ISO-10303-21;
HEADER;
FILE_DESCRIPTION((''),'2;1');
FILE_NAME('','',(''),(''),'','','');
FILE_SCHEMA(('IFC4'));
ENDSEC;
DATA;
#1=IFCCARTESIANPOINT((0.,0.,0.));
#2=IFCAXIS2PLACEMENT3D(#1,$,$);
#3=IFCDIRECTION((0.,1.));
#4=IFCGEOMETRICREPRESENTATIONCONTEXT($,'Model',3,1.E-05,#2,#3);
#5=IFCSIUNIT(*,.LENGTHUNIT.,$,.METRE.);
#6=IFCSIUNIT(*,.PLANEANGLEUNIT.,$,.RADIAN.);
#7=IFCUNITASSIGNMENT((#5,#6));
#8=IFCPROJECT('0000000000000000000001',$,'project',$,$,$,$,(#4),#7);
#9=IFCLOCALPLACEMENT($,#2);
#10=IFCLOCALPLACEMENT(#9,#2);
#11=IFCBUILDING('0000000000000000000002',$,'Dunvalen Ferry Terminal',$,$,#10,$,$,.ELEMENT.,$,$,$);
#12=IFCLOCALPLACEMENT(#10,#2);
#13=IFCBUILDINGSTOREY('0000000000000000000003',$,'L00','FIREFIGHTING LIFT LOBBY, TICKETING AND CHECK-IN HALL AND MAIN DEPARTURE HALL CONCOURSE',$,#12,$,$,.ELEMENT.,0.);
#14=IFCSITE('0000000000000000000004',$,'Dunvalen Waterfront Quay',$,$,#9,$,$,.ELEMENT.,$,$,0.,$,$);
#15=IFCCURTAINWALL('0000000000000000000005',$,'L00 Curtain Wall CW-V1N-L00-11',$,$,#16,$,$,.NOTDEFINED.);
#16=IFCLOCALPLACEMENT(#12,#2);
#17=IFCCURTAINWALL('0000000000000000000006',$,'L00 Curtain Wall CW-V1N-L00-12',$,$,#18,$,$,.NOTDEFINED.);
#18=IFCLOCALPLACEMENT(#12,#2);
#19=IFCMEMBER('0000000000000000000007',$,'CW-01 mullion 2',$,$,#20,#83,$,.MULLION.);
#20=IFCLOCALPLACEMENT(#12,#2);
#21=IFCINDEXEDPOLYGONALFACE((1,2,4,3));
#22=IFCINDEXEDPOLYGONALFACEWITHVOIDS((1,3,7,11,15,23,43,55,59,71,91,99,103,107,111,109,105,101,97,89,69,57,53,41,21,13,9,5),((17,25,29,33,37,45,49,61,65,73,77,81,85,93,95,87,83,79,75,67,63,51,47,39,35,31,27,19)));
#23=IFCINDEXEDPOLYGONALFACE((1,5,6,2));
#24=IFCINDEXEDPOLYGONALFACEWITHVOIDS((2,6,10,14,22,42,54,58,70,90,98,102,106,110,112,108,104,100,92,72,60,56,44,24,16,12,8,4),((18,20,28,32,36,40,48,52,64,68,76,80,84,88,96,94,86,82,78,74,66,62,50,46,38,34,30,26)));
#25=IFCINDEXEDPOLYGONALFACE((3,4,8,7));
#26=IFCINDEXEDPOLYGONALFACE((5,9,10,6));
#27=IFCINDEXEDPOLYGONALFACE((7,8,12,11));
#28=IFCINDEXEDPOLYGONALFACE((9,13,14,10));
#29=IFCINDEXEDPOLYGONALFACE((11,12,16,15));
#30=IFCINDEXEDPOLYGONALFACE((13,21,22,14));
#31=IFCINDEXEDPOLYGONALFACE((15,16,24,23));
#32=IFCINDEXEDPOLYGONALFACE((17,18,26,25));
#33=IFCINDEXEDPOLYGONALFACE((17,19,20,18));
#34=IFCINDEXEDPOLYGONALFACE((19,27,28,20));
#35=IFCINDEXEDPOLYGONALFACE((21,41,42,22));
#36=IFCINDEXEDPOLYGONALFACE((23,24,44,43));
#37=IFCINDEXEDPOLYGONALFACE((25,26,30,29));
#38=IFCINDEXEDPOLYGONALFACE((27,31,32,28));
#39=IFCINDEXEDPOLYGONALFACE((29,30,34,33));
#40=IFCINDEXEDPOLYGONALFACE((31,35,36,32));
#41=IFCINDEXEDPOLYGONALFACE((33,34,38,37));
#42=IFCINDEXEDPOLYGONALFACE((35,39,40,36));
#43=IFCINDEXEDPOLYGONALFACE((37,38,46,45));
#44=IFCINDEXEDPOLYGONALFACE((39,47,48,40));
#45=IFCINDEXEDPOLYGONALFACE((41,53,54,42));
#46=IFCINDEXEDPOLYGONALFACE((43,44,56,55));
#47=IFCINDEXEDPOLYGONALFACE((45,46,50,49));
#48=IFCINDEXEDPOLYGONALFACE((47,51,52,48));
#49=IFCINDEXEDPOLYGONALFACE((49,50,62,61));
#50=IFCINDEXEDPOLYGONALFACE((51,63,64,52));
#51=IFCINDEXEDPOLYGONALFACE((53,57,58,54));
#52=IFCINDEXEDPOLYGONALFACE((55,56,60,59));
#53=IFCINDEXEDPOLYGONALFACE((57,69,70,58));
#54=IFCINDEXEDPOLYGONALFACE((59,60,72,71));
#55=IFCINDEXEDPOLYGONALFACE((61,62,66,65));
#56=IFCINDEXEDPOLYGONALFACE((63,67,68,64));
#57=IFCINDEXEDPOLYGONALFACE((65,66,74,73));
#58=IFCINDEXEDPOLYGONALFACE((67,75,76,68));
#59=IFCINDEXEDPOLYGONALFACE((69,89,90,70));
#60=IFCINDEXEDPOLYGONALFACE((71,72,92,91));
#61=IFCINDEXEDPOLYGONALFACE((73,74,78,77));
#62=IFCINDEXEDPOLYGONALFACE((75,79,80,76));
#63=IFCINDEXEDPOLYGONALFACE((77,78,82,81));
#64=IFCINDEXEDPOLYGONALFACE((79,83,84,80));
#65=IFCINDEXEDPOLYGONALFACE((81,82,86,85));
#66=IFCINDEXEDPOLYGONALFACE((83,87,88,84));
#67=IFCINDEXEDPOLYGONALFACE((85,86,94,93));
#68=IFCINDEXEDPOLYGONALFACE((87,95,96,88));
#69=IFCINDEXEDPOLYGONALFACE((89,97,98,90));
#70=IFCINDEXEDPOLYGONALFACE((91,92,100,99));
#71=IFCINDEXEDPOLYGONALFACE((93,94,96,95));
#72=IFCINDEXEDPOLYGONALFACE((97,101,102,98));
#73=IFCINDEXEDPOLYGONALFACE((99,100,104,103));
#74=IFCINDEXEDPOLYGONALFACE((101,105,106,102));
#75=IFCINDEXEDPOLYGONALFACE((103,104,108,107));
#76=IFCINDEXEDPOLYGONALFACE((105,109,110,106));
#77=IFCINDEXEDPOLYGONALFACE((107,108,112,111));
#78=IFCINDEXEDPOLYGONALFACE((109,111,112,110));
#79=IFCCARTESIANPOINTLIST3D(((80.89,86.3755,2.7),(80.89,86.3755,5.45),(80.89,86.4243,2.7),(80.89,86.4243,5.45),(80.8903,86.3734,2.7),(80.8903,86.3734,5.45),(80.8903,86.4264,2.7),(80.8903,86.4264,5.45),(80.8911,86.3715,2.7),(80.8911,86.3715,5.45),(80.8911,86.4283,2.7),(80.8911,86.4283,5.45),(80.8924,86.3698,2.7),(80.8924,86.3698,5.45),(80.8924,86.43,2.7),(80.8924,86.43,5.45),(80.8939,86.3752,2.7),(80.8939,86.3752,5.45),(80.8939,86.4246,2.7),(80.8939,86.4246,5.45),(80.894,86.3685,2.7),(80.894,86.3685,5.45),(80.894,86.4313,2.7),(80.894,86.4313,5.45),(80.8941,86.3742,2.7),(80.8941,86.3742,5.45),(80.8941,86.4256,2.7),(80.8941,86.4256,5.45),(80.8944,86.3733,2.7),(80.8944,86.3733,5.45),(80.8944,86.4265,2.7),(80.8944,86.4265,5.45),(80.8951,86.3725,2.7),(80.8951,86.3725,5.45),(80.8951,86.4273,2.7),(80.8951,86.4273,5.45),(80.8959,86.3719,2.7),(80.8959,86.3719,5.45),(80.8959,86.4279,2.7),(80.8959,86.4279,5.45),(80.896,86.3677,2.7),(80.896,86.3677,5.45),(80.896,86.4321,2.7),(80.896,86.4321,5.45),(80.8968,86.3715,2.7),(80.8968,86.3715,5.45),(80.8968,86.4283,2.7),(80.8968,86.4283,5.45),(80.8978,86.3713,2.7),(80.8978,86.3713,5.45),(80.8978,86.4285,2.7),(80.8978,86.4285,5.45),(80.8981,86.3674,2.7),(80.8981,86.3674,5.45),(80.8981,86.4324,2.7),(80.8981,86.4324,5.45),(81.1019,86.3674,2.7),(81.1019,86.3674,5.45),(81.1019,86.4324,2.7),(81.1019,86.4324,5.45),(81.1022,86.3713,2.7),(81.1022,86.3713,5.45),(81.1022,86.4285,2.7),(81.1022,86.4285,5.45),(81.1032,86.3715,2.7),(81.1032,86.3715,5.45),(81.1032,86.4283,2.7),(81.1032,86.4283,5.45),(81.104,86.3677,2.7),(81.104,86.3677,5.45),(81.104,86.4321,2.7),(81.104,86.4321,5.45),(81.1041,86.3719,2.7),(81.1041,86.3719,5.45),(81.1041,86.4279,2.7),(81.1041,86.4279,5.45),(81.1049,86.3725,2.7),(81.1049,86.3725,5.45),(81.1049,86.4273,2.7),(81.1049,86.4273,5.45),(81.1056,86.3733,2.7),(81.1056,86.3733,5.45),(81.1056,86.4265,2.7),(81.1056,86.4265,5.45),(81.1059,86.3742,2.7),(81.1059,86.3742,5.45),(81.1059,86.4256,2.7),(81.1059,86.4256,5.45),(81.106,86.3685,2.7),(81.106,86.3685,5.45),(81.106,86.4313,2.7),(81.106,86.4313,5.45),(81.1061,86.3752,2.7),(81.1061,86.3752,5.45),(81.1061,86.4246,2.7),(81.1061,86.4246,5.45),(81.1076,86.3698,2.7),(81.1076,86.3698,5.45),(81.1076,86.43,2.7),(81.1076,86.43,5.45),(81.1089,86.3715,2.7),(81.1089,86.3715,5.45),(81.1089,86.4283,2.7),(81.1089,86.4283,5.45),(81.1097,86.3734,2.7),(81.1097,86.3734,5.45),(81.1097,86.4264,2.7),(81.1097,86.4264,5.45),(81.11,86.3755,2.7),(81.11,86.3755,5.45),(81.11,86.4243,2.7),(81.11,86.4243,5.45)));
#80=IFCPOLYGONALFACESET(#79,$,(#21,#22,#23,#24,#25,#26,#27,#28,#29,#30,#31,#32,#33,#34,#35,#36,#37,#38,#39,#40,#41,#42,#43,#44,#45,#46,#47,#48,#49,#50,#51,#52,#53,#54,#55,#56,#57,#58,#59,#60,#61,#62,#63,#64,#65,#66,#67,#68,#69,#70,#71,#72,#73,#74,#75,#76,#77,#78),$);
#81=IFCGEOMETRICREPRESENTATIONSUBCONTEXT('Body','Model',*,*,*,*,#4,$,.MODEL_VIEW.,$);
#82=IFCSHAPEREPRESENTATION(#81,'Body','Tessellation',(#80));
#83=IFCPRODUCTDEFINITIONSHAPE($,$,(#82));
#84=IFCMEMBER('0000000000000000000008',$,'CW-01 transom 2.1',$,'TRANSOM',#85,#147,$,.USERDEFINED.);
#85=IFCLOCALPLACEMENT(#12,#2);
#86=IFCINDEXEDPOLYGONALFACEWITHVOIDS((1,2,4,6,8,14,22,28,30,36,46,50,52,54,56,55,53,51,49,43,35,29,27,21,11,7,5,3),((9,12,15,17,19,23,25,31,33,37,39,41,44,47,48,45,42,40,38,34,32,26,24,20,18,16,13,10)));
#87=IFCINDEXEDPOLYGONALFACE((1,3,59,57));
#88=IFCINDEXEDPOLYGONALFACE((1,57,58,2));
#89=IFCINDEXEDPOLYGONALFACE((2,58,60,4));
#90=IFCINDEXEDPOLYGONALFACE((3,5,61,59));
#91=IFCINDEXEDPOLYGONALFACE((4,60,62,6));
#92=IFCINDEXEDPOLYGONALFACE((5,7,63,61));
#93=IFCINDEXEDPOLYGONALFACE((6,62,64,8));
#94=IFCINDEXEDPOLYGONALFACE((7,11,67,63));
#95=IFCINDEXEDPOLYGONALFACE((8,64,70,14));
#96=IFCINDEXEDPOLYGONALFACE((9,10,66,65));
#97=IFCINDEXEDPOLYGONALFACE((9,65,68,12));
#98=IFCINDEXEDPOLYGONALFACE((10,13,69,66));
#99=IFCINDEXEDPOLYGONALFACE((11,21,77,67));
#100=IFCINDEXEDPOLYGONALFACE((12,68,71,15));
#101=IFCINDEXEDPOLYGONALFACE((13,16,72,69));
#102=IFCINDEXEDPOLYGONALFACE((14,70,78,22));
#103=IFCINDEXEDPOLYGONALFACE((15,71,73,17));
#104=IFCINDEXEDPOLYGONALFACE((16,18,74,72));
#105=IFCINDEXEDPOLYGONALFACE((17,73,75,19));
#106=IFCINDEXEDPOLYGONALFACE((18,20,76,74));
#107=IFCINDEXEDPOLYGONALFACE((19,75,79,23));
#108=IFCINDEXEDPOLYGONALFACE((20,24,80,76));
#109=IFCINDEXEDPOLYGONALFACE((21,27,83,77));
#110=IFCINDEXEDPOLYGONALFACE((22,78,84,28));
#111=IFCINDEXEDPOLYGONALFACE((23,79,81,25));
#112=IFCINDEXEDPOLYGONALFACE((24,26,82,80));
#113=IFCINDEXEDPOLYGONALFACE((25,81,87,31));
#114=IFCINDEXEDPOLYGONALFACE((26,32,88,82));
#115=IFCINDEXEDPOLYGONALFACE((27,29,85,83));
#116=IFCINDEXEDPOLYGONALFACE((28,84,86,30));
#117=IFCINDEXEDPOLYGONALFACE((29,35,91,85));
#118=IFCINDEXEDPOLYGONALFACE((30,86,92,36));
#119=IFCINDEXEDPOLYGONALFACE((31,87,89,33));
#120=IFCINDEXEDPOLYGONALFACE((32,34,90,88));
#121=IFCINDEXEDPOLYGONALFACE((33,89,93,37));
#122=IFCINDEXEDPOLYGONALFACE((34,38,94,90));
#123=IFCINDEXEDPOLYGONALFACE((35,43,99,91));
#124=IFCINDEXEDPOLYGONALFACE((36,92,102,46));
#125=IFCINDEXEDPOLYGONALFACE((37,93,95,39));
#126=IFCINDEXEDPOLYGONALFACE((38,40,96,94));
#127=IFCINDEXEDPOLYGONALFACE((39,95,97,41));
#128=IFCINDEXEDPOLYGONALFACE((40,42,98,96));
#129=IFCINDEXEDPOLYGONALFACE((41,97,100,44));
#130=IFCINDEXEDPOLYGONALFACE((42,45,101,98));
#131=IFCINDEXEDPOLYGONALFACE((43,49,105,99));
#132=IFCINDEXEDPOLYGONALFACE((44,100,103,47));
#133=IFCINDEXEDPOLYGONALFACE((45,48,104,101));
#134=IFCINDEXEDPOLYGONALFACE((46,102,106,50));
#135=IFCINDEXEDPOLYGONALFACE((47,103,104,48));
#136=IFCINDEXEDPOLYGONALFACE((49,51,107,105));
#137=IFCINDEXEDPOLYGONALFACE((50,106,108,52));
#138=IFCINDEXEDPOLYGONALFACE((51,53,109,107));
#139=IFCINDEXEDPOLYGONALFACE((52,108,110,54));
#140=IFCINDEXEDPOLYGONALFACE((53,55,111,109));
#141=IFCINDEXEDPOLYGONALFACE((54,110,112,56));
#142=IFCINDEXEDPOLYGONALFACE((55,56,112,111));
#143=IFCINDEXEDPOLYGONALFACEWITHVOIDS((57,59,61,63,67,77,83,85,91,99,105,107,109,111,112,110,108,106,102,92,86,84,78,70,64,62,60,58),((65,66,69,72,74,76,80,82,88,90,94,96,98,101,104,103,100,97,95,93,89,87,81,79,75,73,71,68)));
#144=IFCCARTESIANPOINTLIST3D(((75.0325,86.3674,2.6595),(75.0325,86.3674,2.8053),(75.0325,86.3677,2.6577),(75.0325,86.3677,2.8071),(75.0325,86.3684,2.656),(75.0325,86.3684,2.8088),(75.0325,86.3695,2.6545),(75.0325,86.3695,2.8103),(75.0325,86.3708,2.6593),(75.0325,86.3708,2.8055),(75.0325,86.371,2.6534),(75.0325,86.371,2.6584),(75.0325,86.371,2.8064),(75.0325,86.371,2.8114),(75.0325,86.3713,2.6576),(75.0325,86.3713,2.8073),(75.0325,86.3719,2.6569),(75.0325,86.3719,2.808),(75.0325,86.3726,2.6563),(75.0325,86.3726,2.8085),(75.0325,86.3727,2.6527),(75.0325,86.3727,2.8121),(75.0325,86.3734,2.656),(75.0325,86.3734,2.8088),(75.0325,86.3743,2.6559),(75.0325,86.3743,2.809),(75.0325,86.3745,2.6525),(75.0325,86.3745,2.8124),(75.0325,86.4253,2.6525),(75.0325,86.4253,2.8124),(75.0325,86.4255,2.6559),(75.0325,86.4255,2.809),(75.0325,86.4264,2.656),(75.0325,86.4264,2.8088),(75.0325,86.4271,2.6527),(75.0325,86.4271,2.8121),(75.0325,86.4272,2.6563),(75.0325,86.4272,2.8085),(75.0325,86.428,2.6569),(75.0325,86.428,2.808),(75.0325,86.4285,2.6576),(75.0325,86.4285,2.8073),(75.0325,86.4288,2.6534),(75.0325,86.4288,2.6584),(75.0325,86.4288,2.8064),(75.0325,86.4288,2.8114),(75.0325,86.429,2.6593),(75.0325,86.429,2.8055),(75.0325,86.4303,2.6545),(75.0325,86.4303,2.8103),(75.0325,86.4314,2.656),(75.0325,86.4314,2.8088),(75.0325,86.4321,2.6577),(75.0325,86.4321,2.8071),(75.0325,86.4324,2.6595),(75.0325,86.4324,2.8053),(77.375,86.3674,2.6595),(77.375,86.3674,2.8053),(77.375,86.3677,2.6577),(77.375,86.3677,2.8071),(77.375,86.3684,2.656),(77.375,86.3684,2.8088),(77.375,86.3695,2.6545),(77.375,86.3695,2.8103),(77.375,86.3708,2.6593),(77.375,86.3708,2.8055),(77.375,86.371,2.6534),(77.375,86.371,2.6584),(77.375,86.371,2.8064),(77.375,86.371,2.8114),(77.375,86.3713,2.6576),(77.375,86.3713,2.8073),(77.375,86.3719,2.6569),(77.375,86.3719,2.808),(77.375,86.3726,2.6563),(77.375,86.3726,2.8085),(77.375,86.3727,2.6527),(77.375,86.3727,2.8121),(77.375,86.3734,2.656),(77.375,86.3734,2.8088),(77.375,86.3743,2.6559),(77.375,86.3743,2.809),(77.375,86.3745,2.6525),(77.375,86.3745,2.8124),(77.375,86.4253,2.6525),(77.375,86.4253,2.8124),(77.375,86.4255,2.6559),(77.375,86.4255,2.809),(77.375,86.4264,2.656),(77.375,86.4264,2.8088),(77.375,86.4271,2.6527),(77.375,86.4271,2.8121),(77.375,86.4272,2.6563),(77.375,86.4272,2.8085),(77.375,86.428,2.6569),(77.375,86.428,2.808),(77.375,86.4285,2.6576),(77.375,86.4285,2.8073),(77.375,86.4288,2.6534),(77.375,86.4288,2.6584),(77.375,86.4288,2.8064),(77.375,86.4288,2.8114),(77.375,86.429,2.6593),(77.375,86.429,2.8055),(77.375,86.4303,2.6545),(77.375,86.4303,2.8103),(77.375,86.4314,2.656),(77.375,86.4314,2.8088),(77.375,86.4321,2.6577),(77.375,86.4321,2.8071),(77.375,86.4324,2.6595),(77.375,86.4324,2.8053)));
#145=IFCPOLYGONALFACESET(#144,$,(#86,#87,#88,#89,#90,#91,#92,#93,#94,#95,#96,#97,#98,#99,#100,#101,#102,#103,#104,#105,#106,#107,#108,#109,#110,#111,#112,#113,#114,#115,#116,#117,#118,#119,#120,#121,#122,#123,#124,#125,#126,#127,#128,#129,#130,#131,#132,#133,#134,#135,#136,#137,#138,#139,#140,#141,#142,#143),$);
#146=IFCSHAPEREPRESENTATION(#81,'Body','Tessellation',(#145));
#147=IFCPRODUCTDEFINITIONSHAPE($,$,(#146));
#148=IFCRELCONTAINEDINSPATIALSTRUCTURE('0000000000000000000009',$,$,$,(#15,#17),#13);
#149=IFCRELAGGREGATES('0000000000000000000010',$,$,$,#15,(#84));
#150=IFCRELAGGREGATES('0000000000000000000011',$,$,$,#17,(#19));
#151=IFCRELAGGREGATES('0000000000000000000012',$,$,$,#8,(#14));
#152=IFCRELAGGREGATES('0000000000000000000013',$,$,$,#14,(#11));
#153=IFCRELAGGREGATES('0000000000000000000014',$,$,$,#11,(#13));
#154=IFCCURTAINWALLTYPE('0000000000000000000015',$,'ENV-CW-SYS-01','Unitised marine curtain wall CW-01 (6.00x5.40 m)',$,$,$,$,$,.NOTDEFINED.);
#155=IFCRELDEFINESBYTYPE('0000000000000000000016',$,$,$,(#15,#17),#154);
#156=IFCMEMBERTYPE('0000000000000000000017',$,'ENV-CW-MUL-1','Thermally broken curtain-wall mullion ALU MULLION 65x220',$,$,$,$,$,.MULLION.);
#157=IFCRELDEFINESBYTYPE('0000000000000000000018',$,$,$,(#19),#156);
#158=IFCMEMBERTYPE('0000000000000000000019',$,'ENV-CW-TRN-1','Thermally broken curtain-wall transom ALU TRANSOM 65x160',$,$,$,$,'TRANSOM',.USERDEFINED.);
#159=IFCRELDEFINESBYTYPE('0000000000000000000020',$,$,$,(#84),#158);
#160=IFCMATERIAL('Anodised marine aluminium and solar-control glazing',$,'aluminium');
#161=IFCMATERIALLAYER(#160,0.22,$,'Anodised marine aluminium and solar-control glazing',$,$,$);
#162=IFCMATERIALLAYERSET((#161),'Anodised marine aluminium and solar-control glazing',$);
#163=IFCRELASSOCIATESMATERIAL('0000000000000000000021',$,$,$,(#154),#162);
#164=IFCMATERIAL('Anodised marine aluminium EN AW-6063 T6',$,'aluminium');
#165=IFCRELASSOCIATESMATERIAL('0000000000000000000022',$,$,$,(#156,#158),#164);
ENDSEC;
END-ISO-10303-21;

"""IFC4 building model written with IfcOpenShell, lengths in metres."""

from ifc_helpers import new_model, si_unit, direction, frame, origin, origin_2d, place, context, subcontext, project, spatial, hollow_rectangle, extrude, material, layer, layer_set, material_profile, profile_set, type_object, element, aggregate, save


model = new_model("IFC4")

# Units and contexts
model_context = context("Model", 3, precision=1e-05, world=origin(), true_north=direction((0.0, 1.0)))
body_context = subcontext(model_context, "Body", "Model", "MODEL_VIEW")
ifc_project = project(units=[si_unit("LENGTHUNIT", "METRE"), si_unit("PLANEANGLEUNIT", "RADIAN")], contexts=[model_context])

# Site, building, storey
site_placement = place(None, origin())
site = spatial("IfcSite", under=ifc_project, at=site_placement, Name="Dunvalen Waterfront Quay", CompositionType="ELEMENT", RefElevation=0.0)
building_placement = place(site_placement, origin())
building = spatial("IfcBuilding", under=site, at=building_placement, Name="Dunvalen Ferry Terminal", CompositionType="ELEMENT")
storey_placement = place(building_placement, origin())
storey = spatial("IfcBuildingStorey", under=building, at=storey_placement, Name="L00", Description="FIREFIGHTING LIFT LOBBY, TICKETING AND CHECK-IN HALL AND MAIN DEPARTURE HALL CONCOURSE", CompositionType="ELEMENT", Elevation=0.0)

# Curtain walls, member
ifc_material_1 = material(Name="Anodised marine aluminium and solar-control glazing", Category="aluminium")
ifc_layer_1 = layer(ifc_material_1, 0.22, Name="Anodised marine aluminium and solar-control glazing")
ifc_layer_set_1 = layer_set([ifc_layer_1], Name="Anodised marine aluminium and solar-control glazing")
curtain_wall_type = type_object("IfcCurtainWallType", Name="ENV-CW-SYS-01", Description="Unitised marine curtain wall CW-01 (6.00x5.40 m)", PredefinedType="NOTDEFINED", material=ifc_layer_set_1)
curtain_wall_1_placement = place(storey_placement, origin())
curtain_wall_1 = element("IfcCurtainWall", 1, at=curtain_wall_1_placement, inside=storey, type_object=curtain_wall_type, Name="L00 Curtain Wall CW-V1N-L00-11", PredefinedType="NOTDEFINED")
ifc_material_2 = material(Name="Anodised marine aluminium EN AW-6063 T6", Category="aluminium")
ifc_material_profile_1 = material_profile(ifc_material_2, hollow_rectangle(XDim=0.0649, YDim=0.22, WallThickness=0.0039, InnerFilletRadius=0.0039, OuterFilletRadius=0.0081, at=origin_2d()), Name="Anodised marine aluminium EN AW-6063 T6")
ifc_profile_set_1 = profile_set([ifc_material_profile_1], Name="Anodised marine aluminium EN AW-6063 T6")
member_type_1 = type_object("IfcMemberType", Name="ENV-CW-MUL-1", Description="Thermally broken curtain-wall mullion ALU MULLION 65x220", PredefinedType="MULLION", material=ifc_profile_set_1)
curtain_wall_2_placement = place(storey_placement, origin())
curtain_wall_2 = element("IfcCurtainWall", 2, at=curtain_wall_2_placement, inside=storey, type_object=curtain_wall_type, Name="L00 Curtain Wall CW-V1N-L00-12", PredefinedType="NOTDEFINED")
member_1_placement = place(storey_placement, frame((81.0, 86.3999, 2.7), z_axis=(0.0, 0.0, 1.0), x_axis=(0.0, 1.0, 0.0)))
member_1 = element("IfcMember", 3, at=member_1_placement, type_object=member_type_1, Name="CW-01 mullion 2", PredefinedType="MULLION", context=body_context, shape_type="SweptSolid", body=[
    extrude(hollow_rectangle(XDim=0.0649, YDim=0.22, WallThickness=0.0039, InnerFilletRadius=0.0039, OuterFilletRadius=0.0081, at=origin_2d()), origin(), (0.0, 0.0, 1.0), 2.75),
])

# Member
ifc_material_profile_2 = material_profile(ifc_material_2, hollow_rectangle(XDim=0.0649, YDim=0.1599, WallThickness=0.0034, InnerFilletRadius=0.0034, OuterFilletRadius=0.0071, at=origin_2d()), Name="Anodised marine aluminium EN AW-6063 T6")
ifc_profile_set_2 = profile_set([ifc_material_profile_2], Name="Anodised marine aluminium EN AW-6063 T6")
member_type_2 = type_object("IfcMemberType", Name="ENV-CW-TRN-1", Description="Thermally broken curtain-wall transom ALU TRANSOM 65x160", ElementType="TRANSOM", PredefinedType="USERDEFINED", material=ifc_profile_set_2)
member_2_placement = place(storey_placement, frame((75.0325, 86.3999, 2.7324), z_axis=(1.0, 0.0, 0.0), x_axis=(0.0, 1.0, 0.0)))
member_2 = element("IfcMember", 4, at=member_2_placement, type_object=member_type_2, Name="CW-01 transom 2.1", ObjectType="TRANSOM", PredefinedType="USERDEFINED", context=body_context, shape_type="SweptSolid", body=[
    extrude(hollow_rectangle(XDim=0.0649, YDim=0.1599, WallThickness=0.0034, InnerFilletRadius=0.0034, OuterFilletRadius=0.0071, at=origin_2d()), origin(), (0.0, 0.0, 1.0), 2.3425),
])

aggregate(curtain_wall_1, [member_2])
aggregate(curtain_wall_2, [member_1])

save(model, "model.ifc")
